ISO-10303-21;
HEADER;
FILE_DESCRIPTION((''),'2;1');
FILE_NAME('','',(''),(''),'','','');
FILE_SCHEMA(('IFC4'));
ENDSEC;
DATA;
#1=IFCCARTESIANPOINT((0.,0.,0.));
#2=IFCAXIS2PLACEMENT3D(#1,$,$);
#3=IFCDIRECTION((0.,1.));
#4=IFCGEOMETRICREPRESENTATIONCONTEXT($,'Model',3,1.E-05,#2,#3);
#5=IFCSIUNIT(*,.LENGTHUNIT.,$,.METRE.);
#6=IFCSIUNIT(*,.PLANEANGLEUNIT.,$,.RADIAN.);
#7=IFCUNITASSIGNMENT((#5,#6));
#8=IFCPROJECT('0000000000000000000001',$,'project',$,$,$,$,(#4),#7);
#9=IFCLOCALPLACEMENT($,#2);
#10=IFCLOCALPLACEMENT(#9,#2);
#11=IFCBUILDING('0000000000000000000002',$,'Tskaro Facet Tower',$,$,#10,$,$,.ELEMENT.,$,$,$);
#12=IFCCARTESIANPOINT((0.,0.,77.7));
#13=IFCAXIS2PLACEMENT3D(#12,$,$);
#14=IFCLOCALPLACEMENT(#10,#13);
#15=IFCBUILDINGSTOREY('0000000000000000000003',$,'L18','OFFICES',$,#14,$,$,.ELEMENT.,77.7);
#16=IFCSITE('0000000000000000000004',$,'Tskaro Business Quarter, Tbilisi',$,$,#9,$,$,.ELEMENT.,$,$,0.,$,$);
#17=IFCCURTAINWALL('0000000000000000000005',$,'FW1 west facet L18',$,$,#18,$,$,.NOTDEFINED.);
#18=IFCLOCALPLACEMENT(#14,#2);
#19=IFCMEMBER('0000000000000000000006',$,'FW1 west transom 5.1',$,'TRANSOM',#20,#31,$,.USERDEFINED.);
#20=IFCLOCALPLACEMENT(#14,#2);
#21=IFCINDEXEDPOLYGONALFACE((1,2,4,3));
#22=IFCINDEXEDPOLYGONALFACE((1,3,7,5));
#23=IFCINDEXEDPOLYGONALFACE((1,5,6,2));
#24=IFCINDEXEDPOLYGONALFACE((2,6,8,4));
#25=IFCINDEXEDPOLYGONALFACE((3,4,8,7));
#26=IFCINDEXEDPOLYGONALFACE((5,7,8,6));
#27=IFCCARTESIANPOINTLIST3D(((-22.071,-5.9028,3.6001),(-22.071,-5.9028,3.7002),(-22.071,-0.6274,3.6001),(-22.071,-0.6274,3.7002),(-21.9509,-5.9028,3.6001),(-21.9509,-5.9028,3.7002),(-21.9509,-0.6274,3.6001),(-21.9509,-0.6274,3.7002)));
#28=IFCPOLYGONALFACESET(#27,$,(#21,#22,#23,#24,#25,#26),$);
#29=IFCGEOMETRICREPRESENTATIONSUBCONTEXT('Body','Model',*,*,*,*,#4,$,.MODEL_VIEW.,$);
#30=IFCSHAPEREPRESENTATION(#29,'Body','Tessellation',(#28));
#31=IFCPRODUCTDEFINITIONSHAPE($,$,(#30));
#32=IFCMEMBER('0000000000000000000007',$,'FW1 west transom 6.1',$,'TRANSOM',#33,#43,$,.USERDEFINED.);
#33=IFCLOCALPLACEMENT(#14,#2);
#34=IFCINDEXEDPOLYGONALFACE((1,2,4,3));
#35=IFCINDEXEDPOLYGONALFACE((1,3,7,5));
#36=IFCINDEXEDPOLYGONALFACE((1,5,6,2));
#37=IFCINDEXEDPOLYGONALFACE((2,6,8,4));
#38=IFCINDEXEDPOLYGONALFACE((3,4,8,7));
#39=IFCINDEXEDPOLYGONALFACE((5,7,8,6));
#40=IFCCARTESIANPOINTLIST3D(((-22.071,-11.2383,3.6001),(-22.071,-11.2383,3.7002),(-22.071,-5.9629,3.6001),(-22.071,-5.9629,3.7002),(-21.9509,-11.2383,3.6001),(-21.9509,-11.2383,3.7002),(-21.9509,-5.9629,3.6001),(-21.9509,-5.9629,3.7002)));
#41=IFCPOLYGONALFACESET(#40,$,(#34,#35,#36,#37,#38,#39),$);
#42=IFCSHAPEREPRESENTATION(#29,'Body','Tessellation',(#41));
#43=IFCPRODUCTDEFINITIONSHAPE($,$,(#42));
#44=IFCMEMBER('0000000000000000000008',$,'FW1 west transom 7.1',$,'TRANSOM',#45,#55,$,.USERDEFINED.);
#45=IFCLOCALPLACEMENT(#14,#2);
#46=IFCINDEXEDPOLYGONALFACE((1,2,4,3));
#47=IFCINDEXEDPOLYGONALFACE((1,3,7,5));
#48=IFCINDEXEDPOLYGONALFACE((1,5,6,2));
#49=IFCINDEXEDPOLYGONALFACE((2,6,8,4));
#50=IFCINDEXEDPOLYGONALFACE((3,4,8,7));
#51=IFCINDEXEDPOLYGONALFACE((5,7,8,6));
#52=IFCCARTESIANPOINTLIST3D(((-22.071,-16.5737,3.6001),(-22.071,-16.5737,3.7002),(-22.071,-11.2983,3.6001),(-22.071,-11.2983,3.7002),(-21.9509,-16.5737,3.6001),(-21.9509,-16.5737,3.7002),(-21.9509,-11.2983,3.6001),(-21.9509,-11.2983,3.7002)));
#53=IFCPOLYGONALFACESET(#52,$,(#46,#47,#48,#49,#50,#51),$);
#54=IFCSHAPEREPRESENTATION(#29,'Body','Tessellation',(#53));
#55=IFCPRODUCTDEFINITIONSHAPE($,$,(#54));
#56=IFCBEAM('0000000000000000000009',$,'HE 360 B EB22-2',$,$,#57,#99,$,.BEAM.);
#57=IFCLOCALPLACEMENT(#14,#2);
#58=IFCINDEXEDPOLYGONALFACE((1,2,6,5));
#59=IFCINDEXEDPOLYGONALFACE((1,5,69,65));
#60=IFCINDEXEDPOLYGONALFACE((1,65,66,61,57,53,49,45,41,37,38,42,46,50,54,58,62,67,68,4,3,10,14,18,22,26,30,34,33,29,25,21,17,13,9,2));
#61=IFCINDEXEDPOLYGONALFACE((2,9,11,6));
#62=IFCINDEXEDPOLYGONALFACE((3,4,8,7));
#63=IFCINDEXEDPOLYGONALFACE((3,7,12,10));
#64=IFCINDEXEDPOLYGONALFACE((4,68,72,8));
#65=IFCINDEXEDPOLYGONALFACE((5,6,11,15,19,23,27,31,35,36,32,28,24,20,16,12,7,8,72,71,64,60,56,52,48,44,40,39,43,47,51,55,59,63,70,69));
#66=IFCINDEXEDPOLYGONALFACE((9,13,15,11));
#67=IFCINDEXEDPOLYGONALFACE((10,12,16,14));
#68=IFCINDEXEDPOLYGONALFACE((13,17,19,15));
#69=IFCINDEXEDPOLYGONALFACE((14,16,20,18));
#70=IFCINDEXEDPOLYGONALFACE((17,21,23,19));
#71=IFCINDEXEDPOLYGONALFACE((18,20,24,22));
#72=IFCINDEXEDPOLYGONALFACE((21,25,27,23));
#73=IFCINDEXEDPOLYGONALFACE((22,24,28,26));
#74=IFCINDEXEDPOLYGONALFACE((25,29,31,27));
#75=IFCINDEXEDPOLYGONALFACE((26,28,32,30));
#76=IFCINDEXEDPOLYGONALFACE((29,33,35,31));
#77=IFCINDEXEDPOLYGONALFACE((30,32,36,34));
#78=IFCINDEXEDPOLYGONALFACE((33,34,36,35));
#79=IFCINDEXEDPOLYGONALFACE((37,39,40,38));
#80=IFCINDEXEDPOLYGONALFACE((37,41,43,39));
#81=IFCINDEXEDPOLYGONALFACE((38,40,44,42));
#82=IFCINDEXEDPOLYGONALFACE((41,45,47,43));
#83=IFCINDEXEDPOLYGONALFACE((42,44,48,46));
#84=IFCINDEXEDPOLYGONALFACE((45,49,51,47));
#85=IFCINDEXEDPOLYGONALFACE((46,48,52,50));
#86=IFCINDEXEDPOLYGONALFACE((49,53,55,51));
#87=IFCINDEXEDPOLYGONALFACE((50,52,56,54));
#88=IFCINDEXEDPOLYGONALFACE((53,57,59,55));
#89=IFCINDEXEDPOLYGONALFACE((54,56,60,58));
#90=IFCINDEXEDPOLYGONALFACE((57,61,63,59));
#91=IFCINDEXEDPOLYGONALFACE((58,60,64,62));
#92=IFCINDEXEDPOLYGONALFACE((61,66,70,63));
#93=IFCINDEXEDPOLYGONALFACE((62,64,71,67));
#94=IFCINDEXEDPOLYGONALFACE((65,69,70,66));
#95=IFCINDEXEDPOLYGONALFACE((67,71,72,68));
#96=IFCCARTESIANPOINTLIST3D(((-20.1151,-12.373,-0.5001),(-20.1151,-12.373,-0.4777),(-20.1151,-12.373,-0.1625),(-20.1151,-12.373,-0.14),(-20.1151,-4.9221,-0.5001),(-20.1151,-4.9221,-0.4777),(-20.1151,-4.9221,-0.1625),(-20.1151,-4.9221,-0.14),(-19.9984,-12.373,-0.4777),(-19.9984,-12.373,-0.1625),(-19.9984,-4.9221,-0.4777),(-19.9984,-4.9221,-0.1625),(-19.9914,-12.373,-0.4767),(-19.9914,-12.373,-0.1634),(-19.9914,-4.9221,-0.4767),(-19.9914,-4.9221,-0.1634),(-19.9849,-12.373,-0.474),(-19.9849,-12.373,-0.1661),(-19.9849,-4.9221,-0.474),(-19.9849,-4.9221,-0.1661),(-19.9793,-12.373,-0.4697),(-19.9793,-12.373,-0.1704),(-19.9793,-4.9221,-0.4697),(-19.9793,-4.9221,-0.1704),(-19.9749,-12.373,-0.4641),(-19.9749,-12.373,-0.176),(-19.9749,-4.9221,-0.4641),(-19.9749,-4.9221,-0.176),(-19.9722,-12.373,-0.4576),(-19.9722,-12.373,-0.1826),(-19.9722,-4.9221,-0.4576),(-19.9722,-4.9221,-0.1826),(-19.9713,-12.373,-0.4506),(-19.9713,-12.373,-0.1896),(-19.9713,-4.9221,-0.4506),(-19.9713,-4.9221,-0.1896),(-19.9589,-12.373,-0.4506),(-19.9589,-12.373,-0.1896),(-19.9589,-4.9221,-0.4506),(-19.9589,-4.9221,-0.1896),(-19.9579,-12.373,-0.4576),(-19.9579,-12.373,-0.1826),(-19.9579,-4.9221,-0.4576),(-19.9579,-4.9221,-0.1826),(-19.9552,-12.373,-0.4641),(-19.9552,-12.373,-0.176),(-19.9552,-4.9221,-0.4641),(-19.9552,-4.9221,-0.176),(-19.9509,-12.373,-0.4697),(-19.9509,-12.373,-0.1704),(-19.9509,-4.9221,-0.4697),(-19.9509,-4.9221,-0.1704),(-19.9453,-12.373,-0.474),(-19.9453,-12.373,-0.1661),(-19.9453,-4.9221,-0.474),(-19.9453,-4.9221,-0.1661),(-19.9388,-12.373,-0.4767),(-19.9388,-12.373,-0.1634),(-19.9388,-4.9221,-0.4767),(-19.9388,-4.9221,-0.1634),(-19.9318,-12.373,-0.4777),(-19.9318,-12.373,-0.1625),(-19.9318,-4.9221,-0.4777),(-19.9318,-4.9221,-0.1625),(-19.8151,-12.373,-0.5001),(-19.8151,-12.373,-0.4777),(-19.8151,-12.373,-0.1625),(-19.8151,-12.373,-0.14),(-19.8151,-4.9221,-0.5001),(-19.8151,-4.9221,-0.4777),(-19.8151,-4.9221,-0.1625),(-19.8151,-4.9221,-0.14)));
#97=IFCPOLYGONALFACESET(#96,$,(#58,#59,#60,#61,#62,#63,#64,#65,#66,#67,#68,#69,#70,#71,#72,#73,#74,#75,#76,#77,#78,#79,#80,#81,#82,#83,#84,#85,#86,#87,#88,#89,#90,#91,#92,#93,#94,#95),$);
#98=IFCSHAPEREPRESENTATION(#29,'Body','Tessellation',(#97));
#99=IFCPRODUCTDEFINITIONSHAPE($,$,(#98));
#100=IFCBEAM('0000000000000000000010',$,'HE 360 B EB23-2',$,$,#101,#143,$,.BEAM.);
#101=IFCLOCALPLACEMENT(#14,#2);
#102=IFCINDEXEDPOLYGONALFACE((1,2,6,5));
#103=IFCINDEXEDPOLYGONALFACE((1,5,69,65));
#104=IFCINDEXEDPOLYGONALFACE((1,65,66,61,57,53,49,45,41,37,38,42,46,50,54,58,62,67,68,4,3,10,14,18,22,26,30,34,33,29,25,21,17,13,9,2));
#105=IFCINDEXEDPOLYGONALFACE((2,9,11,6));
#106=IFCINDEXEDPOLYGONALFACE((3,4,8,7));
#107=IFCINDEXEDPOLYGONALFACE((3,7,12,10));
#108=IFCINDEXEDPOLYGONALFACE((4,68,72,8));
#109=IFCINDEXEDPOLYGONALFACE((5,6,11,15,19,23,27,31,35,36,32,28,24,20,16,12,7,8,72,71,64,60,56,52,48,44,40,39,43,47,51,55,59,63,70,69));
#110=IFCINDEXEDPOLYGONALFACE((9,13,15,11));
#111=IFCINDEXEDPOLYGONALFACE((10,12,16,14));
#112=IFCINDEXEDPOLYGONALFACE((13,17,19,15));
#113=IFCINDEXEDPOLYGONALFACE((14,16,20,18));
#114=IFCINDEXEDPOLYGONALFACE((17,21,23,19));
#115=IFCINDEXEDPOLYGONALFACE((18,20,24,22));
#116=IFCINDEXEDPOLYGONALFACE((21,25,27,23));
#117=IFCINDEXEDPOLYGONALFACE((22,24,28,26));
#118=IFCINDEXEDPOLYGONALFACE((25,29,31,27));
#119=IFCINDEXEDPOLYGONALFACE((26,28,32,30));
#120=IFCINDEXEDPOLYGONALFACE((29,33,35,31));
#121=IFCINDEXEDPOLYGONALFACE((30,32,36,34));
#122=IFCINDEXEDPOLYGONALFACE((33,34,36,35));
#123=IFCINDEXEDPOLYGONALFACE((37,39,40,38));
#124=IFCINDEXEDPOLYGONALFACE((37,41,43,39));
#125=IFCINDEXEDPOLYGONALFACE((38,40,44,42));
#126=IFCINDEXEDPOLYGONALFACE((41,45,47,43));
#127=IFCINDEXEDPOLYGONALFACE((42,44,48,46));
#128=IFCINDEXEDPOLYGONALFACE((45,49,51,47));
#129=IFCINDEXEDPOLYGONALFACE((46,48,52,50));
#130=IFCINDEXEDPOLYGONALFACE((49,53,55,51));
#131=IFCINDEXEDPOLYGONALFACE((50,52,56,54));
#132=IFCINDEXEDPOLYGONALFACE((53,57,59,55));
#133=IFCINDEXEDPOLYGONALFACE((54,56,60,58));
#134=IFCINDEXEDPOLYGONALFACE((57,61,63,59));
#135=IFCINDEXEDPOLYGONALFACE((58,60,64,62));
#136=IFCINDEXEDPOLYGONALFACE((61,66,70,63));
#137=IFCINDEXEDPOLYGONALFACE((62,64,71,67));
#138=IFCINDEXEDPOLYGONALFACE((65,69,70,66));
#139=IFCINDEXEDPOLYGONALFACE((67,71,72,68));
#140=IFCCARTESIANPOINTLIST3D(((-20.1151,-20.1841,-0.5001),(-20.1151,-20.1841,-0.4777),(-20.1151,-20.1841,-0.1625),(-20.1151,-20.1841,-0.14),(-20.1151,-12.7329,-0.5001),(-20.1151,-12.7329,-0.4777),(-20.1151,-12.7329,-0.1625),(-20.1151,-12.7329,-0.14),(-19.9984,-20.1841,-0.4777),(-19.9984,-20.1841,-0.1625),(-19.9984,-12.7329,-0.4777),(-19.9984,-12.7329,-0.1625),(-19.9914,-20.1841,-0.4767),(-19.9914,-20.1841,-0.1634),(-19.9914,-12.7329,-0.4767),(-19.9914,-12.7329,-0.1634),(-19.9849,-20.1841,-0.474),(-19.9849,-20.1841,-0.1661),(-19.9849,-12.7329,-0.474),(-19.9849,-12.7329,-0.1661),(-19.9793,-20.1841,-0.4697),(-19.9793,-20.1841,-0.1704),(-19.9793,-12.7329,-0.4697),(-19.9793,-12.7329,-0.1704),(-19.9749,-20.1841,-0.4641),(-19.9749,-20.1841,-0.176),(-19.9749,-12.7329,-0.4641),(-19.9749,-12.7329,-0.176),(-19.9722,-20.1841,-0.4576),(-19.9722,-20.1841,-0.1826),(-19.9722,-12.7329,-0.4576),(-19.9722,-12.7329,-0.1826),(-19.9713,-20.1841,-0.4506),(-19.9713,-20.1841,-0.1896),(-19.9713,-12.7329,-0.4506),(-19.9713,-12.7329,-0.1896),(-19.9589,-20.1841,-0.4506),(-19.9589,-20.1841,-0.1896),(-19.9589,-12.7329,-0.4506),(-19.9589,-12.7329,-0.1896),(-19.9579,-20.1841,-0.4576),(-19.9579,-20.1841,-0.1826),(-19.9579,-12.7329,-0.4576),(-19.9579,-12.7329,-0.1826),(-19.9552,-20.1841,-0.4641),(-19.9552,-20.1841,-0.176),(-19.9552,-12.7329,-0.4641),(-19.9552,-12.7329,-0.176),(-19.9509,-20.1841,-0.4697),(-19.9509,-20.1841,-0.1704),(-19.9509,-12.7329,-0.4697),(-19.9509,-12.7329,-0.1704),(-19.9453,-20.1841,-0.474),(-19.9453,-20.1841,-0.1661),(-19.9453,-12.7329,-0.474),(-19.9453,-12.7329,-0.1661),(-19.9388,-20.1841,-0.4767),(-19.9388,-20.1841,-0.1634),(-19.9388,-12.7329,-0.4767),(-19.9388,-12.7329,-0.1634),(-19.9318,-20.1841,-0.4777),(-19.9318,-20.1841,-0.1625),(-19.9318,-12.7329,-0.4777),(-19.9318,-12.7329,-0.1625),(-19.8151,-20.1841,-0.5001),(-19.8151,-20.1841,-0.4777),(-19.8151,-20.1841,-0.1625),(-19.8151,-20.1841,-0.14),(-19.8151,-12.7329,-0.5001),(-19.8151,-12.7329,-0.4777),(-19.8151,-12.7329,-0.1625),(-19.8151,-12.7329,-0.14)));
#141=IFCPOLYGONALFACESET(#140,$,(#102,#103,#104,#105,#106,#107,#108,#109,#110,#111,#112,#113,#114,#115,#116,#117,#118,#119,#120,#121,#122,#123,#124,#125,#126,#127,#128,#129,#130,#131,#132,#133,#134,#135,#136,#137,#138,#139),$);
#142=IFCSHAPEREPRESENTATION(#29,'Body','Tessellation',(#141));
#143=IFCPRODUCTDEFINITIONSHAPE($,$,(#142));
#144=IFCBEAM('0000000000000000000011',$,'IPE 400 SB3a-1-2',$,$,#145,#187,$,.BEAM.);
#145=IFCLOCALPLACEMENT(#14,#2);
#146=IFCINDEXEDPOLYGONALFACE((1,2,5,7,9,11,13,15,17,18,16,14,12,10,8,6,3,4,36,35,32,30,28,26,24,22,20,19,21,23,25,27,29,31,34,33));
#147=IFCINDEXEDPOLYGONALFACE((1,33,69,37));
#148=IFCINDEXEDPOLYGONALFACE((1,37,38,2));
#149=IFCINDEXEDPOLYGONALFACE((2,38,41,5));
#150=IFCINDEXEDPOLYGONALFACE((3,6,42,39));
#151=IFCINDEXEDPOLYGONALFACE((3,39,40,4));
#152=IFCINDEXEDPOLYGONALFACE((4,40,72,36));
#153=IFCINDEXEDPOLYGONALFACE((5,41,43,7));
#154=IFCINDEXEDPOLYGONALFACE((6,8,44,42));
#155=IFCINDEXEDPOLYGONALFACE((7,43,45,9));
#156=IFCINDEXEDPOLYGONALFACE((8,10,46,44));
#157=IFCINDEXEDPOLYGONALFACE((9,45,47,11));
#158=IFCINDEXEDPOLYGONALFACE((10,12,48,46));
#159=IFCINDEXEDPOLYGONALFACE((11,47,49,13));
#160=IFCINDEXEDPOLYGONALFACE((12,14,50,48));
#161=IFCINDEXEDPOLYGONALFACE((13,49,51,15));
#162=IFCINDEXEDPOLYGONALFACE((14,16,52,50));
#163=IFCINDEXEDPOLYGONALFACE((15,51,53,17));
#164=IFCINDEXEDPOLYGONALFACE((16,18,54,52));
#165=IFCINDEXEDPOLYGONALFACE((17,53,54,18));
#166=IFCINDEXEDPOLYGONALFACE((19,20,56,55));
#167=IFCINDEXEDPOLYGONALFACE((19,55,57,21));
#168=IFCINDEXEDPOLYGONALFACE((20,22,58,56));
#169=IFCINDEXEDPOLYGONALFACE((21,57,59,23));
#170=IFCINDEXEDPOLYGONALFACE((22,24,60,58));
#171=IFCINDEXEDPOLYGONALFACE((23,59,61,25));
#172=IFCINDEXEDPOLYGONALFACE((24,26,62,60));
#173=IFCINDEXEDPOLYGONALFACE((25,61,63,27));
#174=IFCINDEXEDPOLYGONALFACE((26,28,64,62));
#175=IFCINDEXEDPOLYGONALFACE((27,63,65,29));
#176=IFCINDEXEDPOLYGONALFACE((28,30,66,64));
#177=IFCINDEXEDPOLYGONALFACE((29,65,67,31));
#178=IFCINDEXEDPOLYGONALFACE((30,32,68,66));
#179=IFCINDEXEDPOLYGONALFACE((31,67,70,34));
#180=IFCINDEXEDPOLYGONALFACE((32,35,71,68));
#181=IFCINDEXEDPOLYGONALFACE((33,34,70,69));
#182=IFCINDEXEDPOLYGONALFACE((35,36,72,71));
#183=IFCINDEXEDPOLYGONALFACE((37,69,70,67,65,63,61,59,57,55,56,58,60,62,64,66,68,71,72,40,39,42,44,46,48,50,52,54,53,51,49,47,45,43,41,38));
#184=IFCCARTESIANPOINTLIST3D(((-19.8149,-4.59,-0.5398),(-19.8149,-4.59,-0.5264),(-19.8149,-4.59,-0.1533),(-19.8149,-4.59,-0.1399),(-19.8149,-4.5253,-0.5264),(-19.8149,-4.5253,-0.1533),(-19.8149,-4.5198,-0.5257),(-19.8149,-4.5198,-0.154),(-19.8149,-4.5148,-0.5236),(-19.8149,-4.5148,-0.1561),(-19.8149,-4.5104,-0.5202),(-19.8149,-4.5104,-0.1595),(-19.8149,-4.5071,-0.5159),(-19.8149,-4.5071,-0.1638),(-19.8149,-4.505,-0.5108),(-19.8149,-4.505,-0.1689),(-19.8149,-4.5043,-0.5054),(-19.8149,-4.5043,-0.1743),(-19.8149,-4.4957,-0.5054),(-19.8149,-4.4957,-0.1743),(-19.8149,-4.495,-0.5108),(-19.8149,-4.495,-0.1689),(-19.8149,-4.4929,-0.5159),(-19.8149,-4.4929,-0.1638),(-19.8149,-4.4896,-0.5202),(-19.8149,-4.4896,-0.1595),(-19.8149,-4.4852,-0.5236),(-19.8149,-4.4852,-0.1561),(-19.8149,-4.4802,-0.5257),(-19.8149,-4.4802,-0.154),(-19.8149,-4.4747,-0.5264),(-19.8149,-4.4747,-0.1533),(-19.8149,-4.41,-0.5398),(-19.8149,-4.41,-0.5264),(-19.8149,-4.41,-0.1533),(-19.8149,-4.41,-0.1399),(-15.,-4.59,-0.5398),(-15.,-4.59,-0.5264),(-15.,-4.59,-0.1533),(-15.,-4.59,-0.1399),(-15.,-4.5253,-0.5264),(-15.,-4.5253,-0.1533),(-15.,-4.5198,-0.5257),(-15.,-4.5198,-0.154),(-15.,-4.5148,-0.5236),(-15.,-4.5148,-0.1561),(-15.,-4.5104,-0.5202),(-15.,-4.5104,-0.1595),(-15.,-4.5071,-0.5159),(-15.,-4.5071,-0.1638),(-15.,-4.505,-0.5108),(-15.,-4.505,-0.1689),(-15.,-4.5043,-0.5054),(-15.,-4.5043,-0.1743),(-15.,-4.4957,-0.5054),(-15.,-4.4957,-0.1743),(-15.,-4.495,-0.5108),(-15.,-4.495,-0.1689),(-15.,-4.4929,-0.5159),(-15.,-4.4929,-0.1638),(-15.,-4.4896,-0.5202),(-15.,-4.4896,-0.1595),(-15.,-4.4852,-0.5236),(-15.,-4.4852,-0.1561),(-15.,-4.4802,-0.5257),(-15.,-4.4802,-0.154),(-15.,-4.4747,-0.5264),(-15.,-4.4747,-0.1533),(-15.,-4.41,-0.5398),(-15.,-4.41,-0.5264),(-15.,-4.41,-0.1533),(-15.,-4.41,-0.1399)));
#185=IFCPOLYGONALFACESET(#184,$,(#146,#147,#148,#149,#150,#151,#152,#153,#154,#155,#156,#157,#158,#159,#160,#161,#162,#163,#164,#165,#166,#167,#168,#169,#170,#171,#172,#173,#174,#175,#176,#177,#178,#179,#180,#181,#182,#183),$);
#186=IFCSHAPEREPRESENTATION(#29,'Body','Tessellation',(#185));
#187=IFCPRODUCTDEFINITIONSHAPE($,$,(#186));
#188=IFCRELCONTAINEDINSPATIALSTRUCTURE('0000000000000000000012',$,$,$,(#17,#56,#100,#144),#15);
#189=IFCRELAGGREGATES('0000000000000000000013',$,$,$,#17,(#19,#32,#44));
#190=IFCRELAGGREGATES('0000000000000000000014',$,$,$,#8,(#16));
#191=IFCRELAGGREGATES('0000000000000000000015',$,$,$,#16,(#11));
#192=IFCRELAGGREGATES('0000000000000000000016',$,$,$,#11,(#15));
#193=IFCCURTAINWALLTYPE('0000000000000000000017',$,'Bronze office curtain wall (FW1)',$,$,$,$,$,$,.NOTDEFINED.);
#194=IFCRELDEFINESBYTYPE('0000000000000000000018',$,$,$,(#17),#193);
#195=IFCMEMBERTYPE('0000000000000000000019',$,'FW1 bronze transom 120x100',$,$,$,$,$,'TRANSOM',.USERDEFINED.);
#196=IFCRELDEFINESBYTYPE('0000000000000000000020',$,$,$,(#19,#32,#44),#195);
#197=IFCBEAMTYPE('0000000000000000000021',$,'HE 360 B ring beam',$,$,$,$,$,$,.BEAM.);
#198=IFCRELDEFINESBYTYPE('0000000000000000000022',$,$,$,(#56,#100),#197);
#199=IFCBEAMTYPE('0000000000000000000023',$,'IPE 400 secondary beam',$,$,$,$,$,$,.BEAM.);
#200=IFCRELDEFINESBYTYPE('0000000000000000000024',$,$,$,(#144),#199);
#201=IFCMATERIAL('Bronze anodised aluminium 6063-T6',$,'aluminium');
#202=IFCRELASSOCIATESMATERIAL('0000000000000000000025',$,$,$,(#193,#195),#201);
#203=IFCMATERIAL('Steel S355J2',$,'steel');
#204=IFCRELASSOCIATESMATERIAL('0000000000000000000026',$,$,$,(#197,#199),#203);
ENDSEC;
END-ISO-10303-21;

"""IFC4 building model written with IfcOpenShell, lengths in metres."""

from ifc_helpers import new_model, si_unit, direction, frame, origin, origin_2d, place, context, subcontext, project, spatial, rectangle, i_section, extrude, material, material_profile, profile_set, type_object, element, aggregate, save


model = new_model("IFC4")

# Units and contexts
model_context = context("Model", 3, precision=1e-05, world=origin(), true_north=direction((0.0, 1.0)))
body_context = subcontext(model_context, "Body", "Model", "MODEL_VIEW")
ifc_project = project(units=[si_unit("LENGTHUNIT", "METRE"), si_unit("PLANEANGLEUNIT", "RADIAN")], contexts=[model_context])

# Site, building, storey
site_placement = place(None, origin())
site = spatial("IfcSite", under=ifc_project, at=site_placement, Name="Tskaro Business Quarter, Tbilisi", CompositionType="ELEMENT", RefElevation=0.0)
building_placement = place(site_placement, origin())
building = spatial("IfcBuilding", under=site, at=building_placement, Name="Tskaro Facet Tower", CompositionType="ELEMENT")
storey_placement = place(building_placement, frame((0.0, 0.0, 77.7)))
storey = spatial("IfcBuildingStorey", under=building, at=storey_placement, Name="L18", Description="OFFICES", CompositionType="ELEMENT", Elevation=77.7)

# Curtain wall, members
ifc_material_1 = material(Name="Bronze anodised aluminium 6063-T6", Category="aluminium")
curtain_wall_type = type_object("IfcCurtainWallType", Name="Bronze office curtain wall (FW1)", PredefinedType="NOTDEFINED", material=ifc_material_1)
curtain_wall_placement = place(storey_placement, origin())
curtain_wall = element("IfcCurtainWall", 1, at=curtain_wall_placement, inside=storey, type_object=curtain_wall_type, Name="FW1 west facet L18", PredefinedType="NOTDEFINED")
ifc_material_profile_1 = material_profile(ifc_material_1, rectangle(XDim=0.1201, YDim=0.1001, at=origin_2d()), Name="Transom 120x100")
ifc_profile_set_1 = profile_set([ifc_material_profile_1], Name="Bronze anodised aluminium 6063-T6")
member_type_1 = type_object("IfcMemberType", Name="FW1 bronze transom 120x100", ElementType="TRANSOM", PredefinedType="USERDEFINED", material=ifc_profile_set_1)
member_1_placement = place(storey_placement, frame((-22.011, -0.6274, 3.6501), z_axis=(0.0, -1.0, 0.0), x_axis=(1.0, 0.0, 0.0)))
member_1 = element("IfcMember", 2, at=member_1_placement, type_object=member_type_1, Name="FW1 west transom 5.1", ObjectType="TRANSOM", PredefinedType="USERDEFINED", context=body_context, shape_type="SweptSolid", body=[
    extrude(rectangle(XDim=0.1201, YDim=0.1001, at=origin_2d()), origin(), (0.0, 0.0, 1.0), 5.2754),
])
member_2_placement = place(storey_placement, frame((-22.011, -5.9629, 3.6501), z_axis=(0.0, -1.0, 0.0), x_axis=(1.0, 0.0, 0.0)))
member_2 = element("IfcMember", 3, at=member_2_placement, type_object=member_type_1, Name="FW1 west transom 6.1", ObjectType="TRANSOM", PredefinedType="USERDEFINED", context=body_context, shape_type="SweptSolid", body=[
    extrude(rectangle(XDim=0.1201, YDim=0.1001, at=origin_2d()), origin(), (0.0, 0.0, 1.0), 5.2754),
])
member_3_placement = place(storey_placement, frame((-22.011, -11.2983, 3.6501), z_axis=(0.0, -1.0, 0.0), x_axis=(1.0, 0.0, 0.0)))
member_3 = element("IfcMember", 4, at=member_3_placement, type_object=member_type_1, Name="FW1 west transom 7.1", ObjectType="TRANSOM", PredefinedType="USERDEFINED", context=body_context, shape_type="SweptSolid", body=[
    extrude(rectangle(XDim=0.1201, YDim=0.1001, at=origin_2d()), origin(), (0.0, 0.0, 1.0), 5.2754),
])

# Beams
ifc_material_2 = material(Name="Steel S355J2", Category="steel")
ifc_material_profile_2 = material_profile(ifc_material_2, i_section(OverallWidth=0.3, OverallDepth=0.3601, WebThickness=0.0125, FlangeThickness=0.0225, FilletRadius=0.0271, at=origin_2d()), Name="HE 360 B")
ifc_profile_set_2 = profile_set([ifc_material_profile_2], Name="Steel S355J2")
beam_type_1 = type_object("IfcBeamType", Name="HE 360 B ring beam", PredefinedType="BEAM", material=ifc_profile_set_2)
beam_1_placement = place(storey_placement, frame((-19.9651, -4.9221, -0.3201), z_axis=(0.0, -1.0, 0.0), x_axis=(1.0, 0.0, 0.0)))
element("IfcBeam", 5, at=beam_1_placement, inside=storey, type_object=beam_type_1, Name="HE 360 B EB22-2", PredefinedType="BEAM", context=body_context, shape_type="SweptSolid", body=[
    extrude(i_section(OverallWidth=0.3, OverallDepth=0.3601, WebThickness=0.0125, FlangeThickness=0.0225, FilletRadius=0.0271, at=origin_2d()), origin(), (0.0, 0.0, 1.0), 7.4509),
])
beam_2_placement = place(storey_placement, frame((-19.9651, -12.7329, -0.3201), z_axis=(0.0, -1.0, 0.0), x_axis=(1.0, 0.0, 0.0)))
element("IfcBeam", 6, at=beam_2_placement, inside=storey, type_object=beam_type_1, Name="HE 360 B EB23-2", PredefinedType="BEAM", context=body_context, shape_type="SweptSolid", body=[
    extrude(i_section(OverallWidth=0.3, OverallDepth=0.3601, WebThickness=0.0125, FlangeThickness=0.0225, FilletRadius=0.0271, at=origin_2d()), origin(), (0.0, 0.0, 1.0), 7.4512),
])
ifc_material_profile_3 = material_profile(ifc_material_2, i_section(OverallWidth=0.1799, OverallDepth=0.3999, WebThickness=0.0085, FlangeThickness=0.0134, FilletRadius=0.021, at=origin_2d()), Name="IPE 400")
ifc_profile_set_3 = profile_set([ifc_material_profile_3], Name="Steel S355J2")
beam_type_2 = type_object("IfcBeamType", Name="IPE 400 secondary beam", PredefinedType="BEAM", material=ifc_profile_set_3)
beam_3_placement = place(storey_placement, frame((-19.8149, -4.5, -0.3398), z_axis=(1.0, 0.0, 0.0), x_axis=(0.0, 1.0, 0.0)))
element("IfcBeam", 7, at=beam_3_placement, inside=storey, type_object=beam_type_2, Name="IPE 400 SB3a-1-2", PredefinedType="BEAM", context=body_context, shape_type="SweptSolid", body=[
    extrude(i_section(OverallWidth=0.1799, OverallDepth=0.3999, WebThickness=0.0085, FlangeThickness=0.0134, FilletRadius=0.021, at=origin_2d()), origin(), (0.0, 0.0, 1.0), 4.8149),
])

aggregate(curtain_wall, [member_1, member_2, member_3])

save(model, "model.ifc")
